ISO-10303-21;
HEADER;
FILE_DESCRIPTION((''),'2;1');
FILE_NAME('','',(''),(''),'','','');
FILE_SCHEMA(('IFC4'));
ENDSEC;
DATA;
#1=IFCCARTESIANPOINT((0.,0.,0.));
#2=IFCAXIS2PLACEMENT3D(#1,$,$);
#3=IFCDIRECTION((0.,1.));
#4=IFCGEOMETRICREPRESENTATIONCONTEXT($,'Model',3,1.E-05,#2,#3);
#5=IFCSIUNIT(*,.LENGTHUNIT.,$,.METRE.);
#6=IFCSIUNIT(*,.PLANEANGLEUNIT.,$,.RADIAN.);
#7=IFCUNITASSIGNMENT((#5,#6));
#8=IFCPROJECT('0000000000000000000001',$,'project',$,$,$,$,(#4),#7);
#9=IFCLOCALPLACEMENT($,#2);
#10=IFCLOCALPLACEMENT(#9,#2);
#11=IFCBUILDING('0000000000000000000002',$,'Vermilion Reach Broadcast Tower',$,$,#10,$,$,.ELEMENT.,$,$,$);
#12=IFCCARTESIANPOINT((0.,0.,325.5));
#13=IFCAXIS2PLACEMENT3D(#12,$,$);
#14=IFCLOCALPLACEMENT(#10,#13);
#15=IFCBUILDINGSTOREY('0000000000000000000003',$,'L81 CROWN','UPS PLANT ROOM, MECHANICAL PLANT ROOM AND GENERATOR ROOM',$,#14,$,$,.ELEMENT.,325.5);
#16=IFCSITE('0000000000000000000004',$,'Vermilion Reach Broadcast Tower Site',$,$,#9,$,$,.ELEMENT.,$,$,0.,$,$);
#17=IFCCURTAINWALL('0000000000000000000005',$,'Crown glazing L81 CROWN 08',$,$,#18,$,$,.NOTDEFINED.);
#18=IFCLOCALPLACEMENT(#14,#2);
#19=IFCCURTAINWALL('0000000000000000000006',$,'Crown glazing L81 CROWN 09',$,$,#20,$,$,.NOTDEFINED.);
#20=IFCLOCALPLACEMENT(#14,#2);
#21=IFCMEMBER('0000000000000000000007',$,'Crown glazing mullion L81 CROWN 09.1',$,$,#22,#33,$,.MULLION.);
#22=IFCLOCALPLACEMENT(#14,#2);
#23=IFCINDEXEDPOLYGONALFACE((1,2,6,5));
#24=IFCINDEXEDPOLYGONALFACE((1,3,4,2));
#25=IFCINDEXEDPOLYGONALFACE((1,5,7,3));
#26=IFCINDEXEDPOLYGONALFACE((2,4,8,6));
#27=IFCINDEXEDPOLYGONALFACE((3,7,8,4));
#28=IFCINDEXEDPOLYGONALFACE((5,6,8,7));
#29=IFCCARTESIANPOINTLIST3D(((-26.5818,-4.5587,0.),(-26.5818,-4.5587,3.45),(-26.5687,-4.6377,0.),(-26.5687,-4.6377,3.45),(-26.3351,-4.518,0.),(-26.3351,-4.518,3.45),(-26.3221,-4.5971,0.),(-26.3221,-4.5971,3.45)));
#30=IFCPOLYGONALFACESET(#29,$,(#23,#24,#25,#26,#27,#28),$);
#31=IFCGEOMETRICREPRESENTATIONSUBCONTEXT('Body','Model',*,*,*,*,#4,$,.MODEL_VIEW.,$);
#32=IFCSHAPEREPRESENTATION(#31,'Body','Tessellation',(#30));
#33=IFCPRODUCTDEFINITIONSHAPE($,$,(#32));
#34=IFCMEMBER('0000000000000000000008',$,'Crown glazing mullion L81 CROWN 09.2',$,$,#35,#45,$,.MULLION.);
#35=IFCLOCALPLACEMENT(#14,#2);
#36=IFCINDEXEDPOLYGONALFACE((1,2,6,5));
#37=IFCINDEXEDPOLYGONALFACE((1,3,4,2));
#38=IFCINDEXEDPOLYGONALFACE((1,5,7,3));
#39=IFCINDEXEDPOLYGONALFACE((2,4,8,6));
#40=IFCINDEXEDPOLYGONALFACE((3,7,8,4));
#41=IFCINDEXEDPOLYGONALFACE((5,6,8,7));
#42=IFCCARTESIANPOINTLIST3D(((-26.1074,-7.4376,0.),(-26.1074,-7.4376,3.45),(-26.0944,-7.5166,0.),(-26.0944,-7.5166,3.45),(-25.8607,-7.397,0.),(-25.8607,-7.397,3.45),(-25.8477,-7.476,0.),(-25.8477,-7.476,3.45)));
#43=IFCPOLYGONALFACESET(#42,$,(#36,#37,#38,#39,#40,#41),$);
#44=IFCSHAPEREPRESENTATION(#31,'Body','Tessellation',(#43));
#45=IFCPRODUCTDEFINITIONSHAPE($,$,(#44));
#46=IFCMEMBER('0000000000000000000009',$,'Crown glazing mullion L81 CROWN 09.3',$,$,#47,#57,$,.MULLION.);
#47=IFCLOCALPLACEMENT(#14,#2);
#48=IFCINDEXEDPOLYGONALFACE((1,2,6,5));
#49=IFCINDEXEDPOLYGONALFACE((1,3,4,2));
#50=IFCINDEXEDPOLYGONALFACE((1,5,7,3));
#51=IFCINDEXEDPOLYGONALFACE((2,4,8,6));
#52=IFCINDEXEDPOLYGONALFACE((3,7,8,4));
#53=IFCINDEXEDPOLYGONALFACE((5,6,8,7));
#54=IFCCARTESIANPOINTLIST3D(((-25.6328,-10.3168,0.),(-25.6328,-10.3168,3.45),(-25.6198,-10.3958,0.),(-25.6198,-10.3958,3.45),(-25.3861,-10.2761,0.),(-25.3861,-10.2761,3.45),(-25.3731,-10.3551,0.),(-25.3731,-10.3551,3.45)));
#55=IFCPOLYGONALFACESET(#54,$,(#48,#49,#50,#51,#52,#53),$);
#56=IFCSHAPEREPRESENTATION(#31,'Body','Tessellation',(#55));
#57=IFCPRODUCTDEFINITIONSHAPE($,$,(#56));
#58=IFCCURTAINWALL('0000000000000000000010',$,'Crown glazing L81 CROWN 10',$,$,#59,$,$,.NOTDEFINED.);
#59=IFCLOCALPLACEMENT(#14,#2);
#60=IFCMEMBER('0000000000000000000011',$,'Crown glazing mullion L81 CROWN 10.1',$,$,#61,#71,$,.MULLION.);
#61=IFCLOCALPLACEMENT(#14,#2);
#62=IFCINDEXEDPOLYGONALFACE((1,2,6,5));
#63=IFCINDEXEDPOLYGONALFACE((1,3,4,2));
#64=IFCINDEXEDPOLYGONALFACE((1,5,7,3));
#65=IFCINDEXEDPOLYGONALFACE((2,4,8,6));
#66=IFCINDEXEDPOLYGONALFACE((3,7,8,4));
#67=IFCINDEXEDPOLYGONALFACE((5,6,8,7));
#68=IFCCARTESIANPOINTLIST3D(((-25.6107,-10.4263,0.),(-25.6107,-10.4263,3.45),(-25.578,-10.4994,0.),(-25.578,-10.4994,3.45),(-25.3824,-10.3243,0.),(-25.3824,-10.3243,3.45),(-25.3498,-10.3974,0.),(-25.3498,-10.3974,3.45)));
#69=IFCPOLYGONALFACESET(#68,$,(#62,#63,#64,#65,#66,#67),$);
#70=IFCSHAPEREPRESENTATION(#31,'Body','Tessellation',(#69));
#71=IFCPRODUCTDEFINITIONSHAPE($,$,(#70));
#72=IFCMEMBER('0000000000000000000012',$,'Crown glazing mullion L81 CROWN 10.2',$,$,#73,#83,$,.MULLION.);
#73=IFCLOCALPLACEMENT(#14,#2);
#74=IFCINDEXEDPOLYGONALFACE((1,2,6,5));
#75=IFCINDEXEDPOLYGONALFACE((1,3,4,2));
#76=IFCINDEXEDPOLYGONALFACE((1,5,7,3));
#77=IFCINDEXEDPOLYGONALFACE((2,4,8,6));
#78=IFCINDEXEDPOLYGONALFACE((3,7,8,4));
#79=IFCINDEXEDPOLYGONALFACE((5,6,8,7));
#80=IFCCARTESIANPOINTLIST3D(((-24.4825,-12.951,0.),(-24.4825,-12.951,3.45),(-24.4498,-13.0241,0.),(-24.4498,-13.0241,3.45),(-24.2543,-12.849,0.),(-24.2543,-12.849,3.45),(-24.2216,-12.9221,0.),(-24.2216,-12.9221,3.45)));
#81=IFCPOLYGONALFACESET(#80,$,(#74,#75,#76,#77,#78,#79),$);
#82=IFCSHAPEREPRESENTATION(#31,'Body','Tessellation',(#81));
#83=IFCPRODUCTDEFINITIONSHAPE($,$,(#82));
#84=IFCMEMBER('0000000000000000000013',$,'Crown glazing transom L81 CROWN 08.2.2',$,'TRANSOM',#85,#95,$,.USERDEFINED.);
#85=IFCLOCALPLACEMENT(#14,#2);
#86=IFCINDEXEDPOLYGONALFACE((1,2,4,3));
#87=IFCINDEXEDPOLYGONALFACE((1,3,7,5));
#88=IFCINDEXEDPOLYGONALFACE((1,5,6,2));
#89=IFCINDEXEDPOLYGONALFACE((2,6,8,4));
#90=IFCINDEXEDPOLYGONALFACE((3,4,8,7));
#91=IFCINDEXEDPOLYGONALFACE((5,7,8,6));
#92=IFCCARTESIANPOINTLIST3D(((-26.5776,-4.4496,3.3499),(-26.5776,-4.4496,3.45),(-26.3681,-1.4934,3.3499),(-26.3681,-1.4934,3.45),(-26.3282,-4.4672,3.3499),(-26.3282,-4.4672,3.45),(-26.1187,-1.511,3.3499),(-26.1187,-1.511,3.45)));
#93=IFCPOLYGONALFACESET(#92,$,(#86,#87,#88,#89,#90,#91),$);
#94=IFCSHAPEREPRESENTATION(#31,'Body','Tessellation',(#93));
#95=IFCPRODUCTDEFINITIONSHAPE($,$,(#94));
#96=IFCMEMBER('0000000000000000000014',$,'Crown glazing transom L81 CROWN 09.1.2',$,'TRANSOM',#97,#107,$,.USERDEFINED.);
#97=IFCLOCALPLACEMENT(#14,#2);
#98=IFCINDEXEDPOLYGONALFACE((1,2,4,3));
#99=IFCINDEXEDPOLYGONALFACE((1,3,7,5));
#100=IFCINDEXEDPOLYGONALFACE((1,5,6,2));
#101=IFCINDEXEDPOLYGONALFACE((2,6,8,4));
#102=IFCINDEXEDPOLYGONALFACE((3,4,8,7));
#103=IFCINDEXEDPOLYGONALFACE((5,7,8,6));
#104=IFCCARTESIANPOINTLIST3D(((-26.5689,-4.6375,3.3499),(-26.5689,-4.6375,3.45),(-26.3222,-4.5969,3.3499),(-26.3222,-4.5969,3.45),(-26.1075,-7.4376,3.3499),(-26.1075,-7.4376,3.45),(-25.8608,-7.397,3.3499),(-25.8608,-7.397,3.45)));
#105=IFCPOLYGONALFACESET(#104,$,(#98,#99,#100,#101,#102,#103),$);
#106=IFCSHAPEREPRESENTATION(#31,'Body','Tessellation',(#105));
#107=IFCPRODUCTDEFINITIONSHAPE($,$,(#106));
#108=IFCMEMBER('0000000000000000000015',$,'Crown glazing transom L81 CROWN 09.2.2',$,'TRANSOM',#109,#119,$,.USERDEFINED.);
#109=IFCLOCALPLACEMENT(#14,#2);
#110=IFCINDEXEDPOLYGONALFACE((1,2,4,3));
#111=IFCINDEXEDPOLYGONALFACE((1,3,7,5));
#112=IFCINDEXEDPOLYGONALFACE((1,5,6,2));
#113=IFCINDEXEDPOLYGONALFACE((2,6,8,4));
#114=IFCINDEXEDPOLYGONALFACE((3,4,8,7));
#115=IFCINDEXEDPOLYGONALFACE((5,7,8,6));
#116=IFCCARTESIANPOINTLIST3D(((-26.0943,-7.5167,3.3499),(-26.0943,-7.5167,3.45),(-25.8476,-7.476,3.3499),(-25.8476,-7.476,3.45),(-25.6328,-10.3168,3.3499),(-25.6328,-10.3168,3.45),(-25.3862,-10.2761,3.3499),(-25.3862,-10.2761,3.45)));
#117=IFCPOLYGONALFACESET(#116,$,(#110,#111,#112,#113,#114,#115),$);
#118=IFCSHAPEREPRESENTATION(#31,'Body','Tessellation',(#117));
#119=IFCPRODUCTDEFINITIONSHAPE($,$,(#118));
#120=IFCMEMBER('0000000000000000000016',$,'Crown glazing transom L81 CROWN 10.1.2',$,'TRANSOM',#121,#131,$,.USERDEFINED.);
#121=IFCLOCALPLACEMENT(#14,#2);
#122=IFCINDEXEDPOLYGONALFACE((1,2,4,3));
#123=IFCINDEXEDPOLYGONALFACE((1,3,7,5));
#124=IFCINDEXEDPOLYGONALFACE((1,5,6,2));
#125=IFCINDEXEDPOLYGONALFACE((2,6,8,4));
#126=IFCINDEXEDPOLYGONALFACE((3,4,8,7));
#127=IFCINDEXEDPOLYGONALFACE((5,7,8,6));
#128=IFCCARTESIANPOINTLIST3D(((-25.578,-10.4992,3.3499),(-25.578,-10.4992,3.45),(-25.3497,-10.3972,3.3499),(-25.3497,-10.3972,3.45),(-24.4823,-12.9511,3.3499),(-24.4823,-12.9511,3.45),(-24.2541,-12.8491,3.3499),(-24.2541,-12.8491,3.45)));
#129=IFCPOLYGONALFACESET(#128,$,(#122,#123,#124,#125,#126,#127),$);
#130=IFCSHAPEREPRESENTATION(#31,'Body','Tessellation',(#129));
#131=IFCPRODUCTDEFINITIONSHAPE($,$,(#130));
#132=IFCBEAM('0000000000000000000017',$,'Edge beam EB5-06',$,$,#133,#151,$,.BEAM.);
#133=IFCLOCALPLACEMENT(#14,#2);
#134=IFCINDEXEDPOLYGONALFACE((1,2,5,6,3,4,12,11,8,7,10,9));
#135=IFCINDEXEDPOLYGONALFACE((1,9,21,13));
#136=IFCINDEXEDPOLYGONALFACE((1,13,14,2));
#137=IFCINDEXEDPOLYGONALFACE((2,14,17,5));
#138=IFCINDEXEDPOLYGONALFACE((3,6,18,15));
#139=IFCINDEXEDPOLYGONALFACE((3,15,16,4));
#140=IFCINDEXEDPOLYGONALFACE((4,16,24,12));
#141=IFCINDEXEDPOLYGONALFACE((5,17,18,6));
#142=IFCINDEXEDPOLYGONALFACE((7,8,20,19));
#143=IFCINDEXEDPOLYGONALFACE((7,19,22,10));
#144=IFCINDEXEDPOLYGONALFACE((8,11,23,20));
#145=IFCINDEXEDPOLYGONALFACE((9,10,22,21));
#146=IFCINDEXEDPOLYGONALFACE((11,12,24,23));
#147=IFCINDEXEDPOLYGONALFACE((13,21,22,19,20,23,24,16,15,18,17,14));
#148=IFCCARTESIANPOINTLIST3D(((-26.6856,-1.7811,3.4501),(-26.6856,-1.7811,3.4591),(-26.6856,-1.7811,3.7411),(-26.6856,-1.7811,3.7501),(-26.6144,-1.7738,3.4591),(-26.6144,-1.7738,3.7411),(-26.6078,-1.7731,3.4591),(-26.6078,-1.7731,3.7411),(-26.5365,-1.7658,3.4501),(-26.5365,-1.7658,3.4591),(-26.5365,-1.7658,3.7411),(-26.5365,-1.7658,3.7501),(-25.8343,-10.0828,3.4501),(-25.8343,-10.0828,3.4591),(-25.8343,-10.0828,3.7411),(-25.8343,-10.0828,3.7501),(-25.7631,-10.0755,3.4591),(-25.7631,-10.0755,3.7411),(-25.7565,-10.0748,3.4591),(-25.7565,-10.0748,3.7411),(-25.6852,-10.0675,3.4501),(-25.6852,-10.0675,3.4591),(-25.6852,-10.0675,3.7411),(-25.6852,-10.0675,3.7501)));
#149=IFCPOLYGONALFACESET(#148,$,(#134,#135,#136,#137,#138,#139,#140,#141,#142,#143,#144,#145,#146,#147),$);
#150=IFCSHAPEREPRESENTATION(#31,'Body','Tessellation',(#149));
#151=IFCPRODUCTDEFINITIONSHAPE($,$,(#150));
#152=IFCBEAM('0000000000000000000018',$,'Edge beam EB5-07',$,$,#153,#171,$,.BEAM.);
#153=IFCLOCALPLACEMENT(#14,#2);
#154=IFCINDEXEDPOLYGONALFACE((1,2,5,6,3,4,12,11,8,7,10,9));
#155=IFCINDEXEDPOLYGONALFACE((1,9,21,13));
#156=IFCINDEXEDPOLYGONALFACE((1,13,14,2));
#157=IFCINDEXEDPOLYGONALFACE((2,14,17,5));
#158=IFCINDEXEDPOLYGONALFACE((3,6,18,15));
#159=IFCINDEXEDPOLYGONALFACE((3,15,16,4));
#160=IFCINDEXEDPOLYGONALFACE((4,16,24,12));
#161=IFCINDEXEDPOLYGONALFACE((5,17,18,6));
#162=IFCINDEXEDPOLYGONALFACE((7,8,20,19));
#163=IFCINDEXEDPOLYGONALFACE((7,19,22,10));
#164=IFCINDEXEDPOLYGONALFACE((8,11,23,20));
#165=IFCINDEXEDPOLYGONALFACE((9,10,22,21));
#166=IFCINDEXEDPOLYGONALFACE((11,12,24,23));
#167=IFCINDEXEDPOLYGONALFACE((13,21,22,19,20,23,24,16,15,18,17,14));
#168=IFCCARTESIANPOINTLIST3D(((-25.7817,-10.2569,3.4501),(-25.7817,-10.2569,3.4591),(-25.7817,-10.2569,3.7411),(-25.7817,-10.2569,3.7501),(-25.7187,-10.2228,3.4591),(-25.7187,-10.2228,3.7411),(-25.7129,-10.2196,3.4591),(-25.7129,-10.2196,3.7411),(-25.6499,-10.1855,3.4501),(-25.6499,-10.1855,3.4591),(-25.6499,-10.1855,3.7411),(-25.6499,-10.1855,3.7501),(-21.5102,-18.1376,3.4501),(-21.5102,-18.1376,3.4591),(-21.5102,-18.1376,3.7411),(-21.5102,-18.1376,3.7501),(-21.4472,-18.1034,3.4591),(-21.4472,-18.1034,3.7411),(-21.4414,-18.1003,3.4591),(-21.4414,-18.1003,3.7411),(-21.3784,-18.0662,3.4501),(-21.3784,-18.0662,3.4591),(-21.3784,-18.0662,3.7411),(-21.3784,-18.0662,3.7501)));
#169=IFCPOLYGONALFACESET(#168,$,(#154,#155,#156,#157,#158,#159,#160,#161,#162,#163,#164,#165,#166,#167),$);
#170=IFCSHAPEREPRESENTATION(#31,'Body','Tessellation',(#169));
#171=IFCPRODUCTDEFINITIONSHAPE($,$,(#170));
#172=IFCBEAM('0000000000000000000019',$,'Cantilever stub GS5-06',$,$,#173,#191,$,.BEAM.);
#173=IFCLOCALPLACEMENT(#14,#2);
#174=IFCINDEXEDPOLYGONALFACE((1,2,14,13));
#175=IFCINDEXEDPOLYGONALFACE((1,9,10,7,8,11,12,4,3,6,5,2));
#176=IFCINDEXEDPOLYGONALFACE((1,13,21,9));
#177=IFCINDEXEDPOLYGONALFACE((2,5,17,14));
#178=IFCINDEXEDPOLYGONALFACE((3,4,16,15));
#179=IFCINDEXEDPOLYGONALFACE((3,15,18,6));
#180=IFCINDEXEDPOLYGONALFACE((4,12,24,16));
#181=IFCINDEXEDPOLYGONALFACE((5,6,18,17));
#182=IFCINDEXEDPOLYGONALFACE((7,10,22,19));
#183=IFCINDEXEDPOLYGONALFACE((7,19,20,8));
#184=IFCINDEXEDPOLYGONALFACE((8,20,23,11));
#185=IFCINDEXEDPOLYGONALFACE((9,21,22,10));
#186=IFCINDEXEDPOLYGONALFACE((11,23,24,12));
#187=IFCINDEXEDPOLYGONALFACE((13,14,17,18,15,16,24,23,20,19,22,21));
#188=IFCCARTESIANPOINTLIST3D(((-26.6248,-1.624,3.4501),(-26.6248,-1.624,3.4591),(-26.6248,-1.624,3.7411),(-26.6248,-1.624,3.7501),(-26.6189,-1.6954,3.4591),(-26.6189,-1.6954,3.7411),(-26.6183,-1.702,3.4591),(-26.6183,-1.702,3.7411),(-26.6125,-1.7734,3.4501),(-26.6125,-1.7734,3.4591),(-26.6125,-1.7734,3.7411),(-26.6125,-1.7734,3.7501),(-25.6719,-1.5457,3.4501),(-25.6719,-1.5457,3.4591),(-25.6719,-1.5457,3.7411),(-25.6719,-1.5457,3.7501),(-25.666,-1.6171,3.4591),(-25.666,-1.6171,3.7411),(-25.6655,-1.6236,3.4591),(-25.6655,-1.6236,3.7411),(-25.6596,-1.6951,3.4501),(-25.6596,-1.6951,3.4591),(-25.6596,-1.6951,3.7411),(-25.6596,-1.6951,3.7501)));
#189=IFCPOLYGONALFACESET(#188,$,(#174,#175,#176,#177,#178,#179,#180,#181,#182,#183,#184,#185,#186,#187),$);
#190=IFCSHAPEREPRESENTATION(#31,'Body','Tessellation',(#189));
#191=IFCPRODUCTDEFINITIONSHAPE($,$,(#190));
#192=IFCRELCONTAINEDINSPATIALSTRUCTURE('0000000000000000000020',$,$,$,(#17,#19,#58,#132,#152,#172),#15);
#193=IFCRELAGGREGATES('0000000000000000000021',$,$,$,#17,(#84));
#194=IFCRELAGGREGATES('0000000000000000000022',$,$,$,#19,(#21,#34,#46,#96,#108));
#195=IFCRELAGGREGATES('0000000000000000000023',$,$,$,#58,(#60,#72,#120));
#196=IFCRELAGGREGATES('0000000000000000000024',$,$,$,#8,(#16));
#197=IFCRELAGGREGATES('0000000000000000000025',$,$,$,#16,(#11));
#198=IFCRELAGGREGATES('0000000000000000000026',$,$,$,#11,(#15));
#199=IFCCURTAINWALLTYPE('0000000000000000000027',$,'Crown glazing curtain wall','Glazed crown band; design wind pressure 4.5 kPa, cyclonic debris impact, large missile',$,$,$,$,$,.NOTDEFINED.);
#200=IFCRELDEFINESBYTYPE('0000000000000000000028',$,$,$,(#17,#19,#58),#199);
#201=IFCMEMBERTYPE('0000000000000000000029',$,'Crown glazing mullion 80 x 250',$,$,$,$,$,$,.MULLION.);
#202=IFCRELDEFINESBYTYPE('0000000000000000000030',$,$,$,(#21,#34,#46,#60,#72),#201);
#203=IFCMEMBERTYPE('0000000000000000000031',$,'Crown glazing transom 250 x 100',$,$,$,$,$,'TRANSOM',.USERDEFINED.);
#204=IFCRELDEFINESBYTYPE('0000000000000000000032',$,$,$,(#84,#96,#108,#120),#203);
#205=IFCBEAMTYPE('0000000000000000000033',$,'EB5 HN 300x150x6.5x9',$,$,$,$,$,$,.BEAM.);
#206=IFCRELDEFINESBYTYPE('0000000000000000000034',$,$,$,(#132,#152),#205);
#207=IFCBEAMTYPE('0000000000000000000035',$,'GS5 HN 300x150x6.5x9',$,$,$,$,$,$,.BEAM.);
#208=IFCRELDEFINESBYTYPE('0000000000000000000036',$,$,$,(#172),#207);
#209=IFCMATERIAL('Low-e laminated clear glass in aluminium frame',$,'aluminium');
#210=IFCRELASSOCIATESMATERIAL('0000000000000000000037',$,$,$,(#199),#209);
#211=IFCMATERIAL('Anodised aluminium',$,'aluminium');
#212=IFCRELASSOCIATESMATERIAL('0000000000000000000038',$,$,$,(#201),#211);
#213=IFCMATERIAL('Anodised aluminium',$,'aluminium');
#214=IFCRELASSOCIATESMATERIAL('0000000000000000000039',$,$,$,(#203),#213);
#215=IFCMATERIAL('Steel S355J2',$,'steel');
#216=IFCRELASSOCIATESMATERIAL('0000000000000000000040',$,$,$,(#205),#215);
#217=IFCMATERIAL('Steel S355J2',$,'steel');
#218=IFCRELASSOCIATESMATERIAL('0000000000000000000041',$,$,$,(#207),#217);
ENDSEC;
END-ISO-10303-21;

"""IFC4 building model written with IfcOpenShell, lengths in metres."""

from ifc_helpers import new_model, si_unit, direction, frame, origin, origin_2d, place, context, subcontext, project, spatial, rectangle, i_section, extrude, material, material_profile, profile_set, type_object, element, aggregate, save


model = new_model("IFC4")

# Units and contexts
model_context = context("Model", 3, precision=1e-05, world=origin(), true_north=direction((0.0, 1.0)))
body_context = subcontext(model_context, "Body", "Model", "MODEL_VIEW")
ifc_project = project(units=[si_unit("LENGTHUNIT", "METRE"), si_unit("PLANEANGLEUNIT", "RADIAN")], contexts=[model_context])

# Site, building, storey
site_placement = place(None, origin())
site = spatial("IfcSite", under=ifc_project, at=site_placement, Name="Vermilion Reach Broadcast Tower Site", CompositionType="ELEMENT", RefElevation=0.0)
building_placement = place(site_placement, origin())
building = spatial("IfcBuilding", under=site, at=building_placement, Name="Vermilion Reach Broadcast Tower", CompositionType="ELEMENT")
storey_placement = place(building_placement, frame((0.0, 0.0, 325.5)))
storey = spatial("IfcBuildingStorey", under=building, at=storey_placement, Name="L81 CROWN", Description="UPS PLANT ROOM, MECHANICAL PLANT ROOM AND GENERATOR ROOM", CompositionType="ELEMENT", Elevation=325.5)

# Curtain walls, members
ifc_material_1 = material(Name="Low-e laminated clear glass in aluminium frame", Category="aluminium")
curtain_wall_type = type_object("IfcCurtainWallType", Name="Crown glazing curtain wall", Description="Glazed crown band; design wind pressure 4.5 kPa, cyclonic debris impact, large missile", PredefinedType="NOTDEFINED", material=ifc_material_1)
placement = place(storey_placement, origin())
curtain_wall_1 = element("IfcCurtainWall", 1, at=placement, inside=storey, type_object=curtain_wall_type, Name="Crown glazing L81 CROWN 08", PredefinedType="NOTDEFINED")
ifc_material_2 = material(Name="Anodised aluminium", Category="aluminium")
ifc_material_profile_1 = material_profile(ifc_material_2, rectangle(XDim=0.25, YDim=0.0801, at=origin_2d()), Name="Crown glazing mullion 80 x 250")
ifc_profile_set_1 = profile_set([ifc_material_profile_1], Name="Anodised aluminium")
member_type_1 = type_object("IfcMemberType", Name="Crown glazing mullion 80 x 250", PredefinedType="MULLION", material=ifc_profile_set_1)
curtain_wall_2 = element("IfcCurtainWall", 2, at=placement, inside=storey, type_object=curtain_wall_type, Name="Crown glazing L81 CROWN 09", PredefinedType="NOTDEFINED")
member_1_placement = place(storey_placement, frame((-26.4519, -4.5779, 0.0), z_axis=(0.0, 0.0, 1.0), x_axis=(0.986689, 0.162618, 0.0)))
member_1 = element("IfcMember", 3, at=member_1_placement, type_object=member_type_1, Name="Crown glazing mullion L81 CROWN 09.1", PredefinedType="MULLION", context=body_context, shape_type="SweptSolid", body=[
    extrude(rectangle(XDim=0.25, YDim=0.0801, at=origin_2d()), origin(), (0.0, 0.0, 1.0), 3.45),
])
member_2_placement = place(storey_placement, frame((-25.9775, -7.4568, 0.0), z_axis=(0.0, 0.0, 1.0), x_axis=(0.986689, 0.162618, 0.0)))
member_2 = element("IfcMember", 4, at=member_2_placement, type_object=member_type_1, Name="Crown glazing mullion L81 CROWN 09.2", PredefinedType="MULLION", context=body_context, shape_type="SweptSolid", body=[
    extrude(rectangle(XDim=0.25, YDim=0.0801, at=origin_2d()), origin(), (0.0, 0.0, 1.0), 3.45),
])
member_3_placement = place(storey_placement, frame((-25.5029, -10.3359, 0.0), z_axis=(0.0, 0.0, 1.0), x_axis=(0.986689, 0.162618, 0.0)))
member_3 = element("IfcMember", 5, at=member_3_placement, type_object=member_type_1, Name="Crown glazing mullion L81 CROWN 09.3", PredefinedType="MULLION", context=body_context, shape_type="SweptSolid", body=[
    extrude(rectangle(XDim=0.25, YDim=0.0801, at=origin_2d()), origin(), (0.0, 0.0, 1.0), 3.45),
])
curtain_wall_3 = element("IfcCurtainWall", 6, at=placement, inside=storey, type_object=curtain_wall_type, Name="Crown glazing L81 CROWN 10", PredefinedType="NOTDEFINED")
member_4_placement = place(storey_placement, frame((-25.4802, -10.4119, 0.0), z_axis=(0.0, 0.0, 1.0), x_axis=(0.912989, 0.407985, 0.0)))
member_4 = element("IfcMember", 7, at=member_4_placement, type_object=member_type_1, Name="Crown glazing mullion L81 CROWN 10.1", PredefinedType="MULLION", context=body_context, shape_type="SweptSolid", body=[
    extrude(rectangle(XDim=0.25, YDim=0.0801, at=origin_2d()), origin(), (0.0, 0.0, 1.0), 3.45),
])
member_5_placement = place(storey_placement, frame((-24.3521, -12.9365, 0.0), z_axis=(0.0, 0.0, 1.0), x_axis=(0.912989, 0.407985, 0.0)))
member_5 = element("IfcMember", 8, at=member_5_placement, type_object=member_type_1, Name="Crown glazing mullion L81 CROWN 10.2", PredefinedType="MULLION", context=body_context, shape_type="SweptSolid", body=[
    extrude(rectangle(XDim=0.25, YDim=0.0801, at=origin_2d()), origin(), (0.0, 0.0, 1.0), 3.45),
])

# Members
ifc_material_3 = material(Name="Anodised aluminium", Category="aluminium")
ifc_material_profile_2 = material_profile(ifc_material_3, rectangle(XDim=0.25, YDim=0.1001, at=origin_2d()), Name="Crown glazing transom 250 x 100")
ifc_profile_set_2 = profile_set([ifc_material_profile_2], Name="Anodised aluminium")
member_type_2 = type_object("IfcMemberType", Name="Crown glazing transom 250 x 100", ElementType="TRANSOM", PredefinedType="USERDEFINED", material=ifc_profile_set_2)
member_6_placement = place(storey_placement, frame((-26.2434, -1.5022, 3.3999), z_axis=(-0.070679, -0.997499, 0.0), x_axis=(0.997499, -0.070679, 0.0)))
member_6 = element("IfcMember", 9, at=member_6_placement, type_object=member_type_2, Name="Crown glazing transom L81 CROWN 08.2.2", ObjectType="TRANSOM", PredefinedType="USERDEFINED", context=body_context, shape_type="SweptSolid", body=[
    extrude(rectangle(XDim=0.25, YDim=0.1001, at=origin_2d()), origin(), (0.0, 0.0, 1.0), 2.9636),
])
member_7_placement = place(storey_placement, frame((-26.4456, -4.6172, 3.3999), z_axis=(0.162599, -0.986692, 0.0), x_axis=(0.986692, 0.162599, 0.0)))
member_7 = element("IfcMember", 10, at=member_7_placement, type_object=member_type_2, Name="Crown glazing transom L81 CROWN 09.1.2", ObjectType="TRANSOM", PredefinedType="USERDEFINED", context=body_context, shape_type="SweptSolid", body=[
    extrude(rectangle(XDim=0.25, YDim=0.1001, at=origin_2d()), origin(), (0.0, 0.0, 1.0), 2.8379),
])
member_8_placement = place(storey_placement, frame((-25.9709, -7.4963, 3.3999), z_axis=(0.162599, -0.986692, 0.0), x_axis=(0.986692, 0.162599, 0.0)))
member_8 = element("IfcMember", 11, at=member_8_placement, type_object=member_type_2, Name="Crown glazing transom L81 CROWN 09.2.2", ObjectType="TRANSOM", PredefinedType="USERDEFINED", context=body_context, shape_type="SweptSolid", body=[
    extrude(rectangle(XDim=0.25, YDim=0.1001, at=origin_2d()), origin(), (0.0, 0.0, 1.0), 2.8379),
])
member_9_placement = place(storey_placement, frame((-25.4639, -10.4482, 3.3999), z_axis=(0.407993, -0.912985, 0.0), x_axis=(0.912985, 0.407993, 0.0)))
member_9 = element("IfcMember", 12, at=member_9_placement, type_object=member_type_2, Name="Crown glazing transom L81 CROWN 10.1.2", ObjectType="TRANSOM", PredefinedType="USERDEFINED", context=body_context, shape_type="SweptSolid", body=[
    extrude(rectangle(XDim=0.25, YDim=0.1001, at=origin_2d()), origin(), (0.0, 0.0, 1.0), 2.6855),
])

# Beams
ifc_material_4 = material(Name="Steel S355J2", Category="steel")
ifc_material_profile_3 = material_profile(ifc_material_4, i_section(OverallWidth=0.1499, OverallDepth=0.3, WebThickness=0.0066, FlangeThickness=0.009, at=origin_2d()), Name="S355J2 HN 300x150x6.5x9")
ifc_profile_set_3 = profile_set([ifc_material_profile_3], Name="Steel S355J2")
beam_type_1 = type_object("IfcBeamType", Name="EB5 HN 300x150x6.5x9", PredefinedType="BEAM", material=ifc_profile_set_3)
beam_1_placement = place(storey_placement, frame((-26.6111, -1.7734, 3.6001), z_axis=(0.102012, -0.994783, 0.0), x_axis=(0.994783, 0.102012, 0.0)))
element("IfcBeam", 13, at=beam_1_placement, inside=storey, type_object=beam_type_1, Name="Edge beam EB5-06", PredefinedType="BEAM", context=body_context, shape_type="SweptSolid", body=[
    extrude(i_section(OverallWidth=0.1499, OverallDepth=0.3, WebThickness=0.0066, FlangeThickness=0.009, at=origin_2d()), origin(), (0.0, 0.0, 1.0), 8.3452),
])
beam_2_placement = place(storey_placement, frame((-25.7158, -10.2212, 3.6001), z_axis=(0.476526, -0.87916, 0.0), x_axis=(0.87916, 0.476526, 0.0)))
element("IfcBeam", 14, at=beam_2_placement, inside=storey, type_object=beam_type_1, Name="Edge beam EB5-07", PredefinedType="BEAM", context=body_context, shape_type="SweptSolid", body=[
    extrude(i_section(OverallWidth=0.1499, OverallDepth=0.3, WebThickness=0.0066, FlangeThickness=0.009, at=origin_2d()), origin(), (0.0, 0.0, 1.0), 8.9639),
])
ifc_material_5 = material(Name="Steel S355J2", Category="steel")
ifc_material_profile_4 = material_profile(ifc_material_5, i_section(OverallWidth=0.1499, OverallDepth=0.3, WebThickness=0.0066, FlangeThickness=0.009, at=origin_2d()), Name="S355J2 HN 300x150x6.5x9")
ifc_profile_set_4 = profile_set([ifc_material_profile_4], Name="Steel S355J2")
beam_type_2 = type_object("IfcBeamType", Name="GS5 HN 300x150x6.5x9", PredefinedType="BEAM", material=ifc_profile_set_4)
beam_3_placement = place(storey_placement, frame((-25.6658, -1.6204, 3.6001), z_axis=(-0.996635, -0.081968, 0.0), x_axis=(0.081968, -0.996635, 0.0)))
element("IfcBeam", 15, at=beam_3_placement, inside=storey, type_object=beam_type_2, Name="Cantilever stub GS5-06", PredefinedType="BEAM", context=body_context, shape_type="SweptSolid", body=[
    extrude(i_section(OverallWidth=0.1499, OverallDepth=0.3, WebThickness=0.0066, FlangeThickness=0.009, at=origin_2d()), origin(), (0.0, 0.0, 1.0), 0.9561),
])

aggregate(curtain_wall_1, [member_6])
aggregate(curtain_wall_2, [member_1, member_2, member_3, member_7, member_8])
aggregate(curtain_wall_3, [member_4, member_5, member_9])

save(model, "model.ifc")
